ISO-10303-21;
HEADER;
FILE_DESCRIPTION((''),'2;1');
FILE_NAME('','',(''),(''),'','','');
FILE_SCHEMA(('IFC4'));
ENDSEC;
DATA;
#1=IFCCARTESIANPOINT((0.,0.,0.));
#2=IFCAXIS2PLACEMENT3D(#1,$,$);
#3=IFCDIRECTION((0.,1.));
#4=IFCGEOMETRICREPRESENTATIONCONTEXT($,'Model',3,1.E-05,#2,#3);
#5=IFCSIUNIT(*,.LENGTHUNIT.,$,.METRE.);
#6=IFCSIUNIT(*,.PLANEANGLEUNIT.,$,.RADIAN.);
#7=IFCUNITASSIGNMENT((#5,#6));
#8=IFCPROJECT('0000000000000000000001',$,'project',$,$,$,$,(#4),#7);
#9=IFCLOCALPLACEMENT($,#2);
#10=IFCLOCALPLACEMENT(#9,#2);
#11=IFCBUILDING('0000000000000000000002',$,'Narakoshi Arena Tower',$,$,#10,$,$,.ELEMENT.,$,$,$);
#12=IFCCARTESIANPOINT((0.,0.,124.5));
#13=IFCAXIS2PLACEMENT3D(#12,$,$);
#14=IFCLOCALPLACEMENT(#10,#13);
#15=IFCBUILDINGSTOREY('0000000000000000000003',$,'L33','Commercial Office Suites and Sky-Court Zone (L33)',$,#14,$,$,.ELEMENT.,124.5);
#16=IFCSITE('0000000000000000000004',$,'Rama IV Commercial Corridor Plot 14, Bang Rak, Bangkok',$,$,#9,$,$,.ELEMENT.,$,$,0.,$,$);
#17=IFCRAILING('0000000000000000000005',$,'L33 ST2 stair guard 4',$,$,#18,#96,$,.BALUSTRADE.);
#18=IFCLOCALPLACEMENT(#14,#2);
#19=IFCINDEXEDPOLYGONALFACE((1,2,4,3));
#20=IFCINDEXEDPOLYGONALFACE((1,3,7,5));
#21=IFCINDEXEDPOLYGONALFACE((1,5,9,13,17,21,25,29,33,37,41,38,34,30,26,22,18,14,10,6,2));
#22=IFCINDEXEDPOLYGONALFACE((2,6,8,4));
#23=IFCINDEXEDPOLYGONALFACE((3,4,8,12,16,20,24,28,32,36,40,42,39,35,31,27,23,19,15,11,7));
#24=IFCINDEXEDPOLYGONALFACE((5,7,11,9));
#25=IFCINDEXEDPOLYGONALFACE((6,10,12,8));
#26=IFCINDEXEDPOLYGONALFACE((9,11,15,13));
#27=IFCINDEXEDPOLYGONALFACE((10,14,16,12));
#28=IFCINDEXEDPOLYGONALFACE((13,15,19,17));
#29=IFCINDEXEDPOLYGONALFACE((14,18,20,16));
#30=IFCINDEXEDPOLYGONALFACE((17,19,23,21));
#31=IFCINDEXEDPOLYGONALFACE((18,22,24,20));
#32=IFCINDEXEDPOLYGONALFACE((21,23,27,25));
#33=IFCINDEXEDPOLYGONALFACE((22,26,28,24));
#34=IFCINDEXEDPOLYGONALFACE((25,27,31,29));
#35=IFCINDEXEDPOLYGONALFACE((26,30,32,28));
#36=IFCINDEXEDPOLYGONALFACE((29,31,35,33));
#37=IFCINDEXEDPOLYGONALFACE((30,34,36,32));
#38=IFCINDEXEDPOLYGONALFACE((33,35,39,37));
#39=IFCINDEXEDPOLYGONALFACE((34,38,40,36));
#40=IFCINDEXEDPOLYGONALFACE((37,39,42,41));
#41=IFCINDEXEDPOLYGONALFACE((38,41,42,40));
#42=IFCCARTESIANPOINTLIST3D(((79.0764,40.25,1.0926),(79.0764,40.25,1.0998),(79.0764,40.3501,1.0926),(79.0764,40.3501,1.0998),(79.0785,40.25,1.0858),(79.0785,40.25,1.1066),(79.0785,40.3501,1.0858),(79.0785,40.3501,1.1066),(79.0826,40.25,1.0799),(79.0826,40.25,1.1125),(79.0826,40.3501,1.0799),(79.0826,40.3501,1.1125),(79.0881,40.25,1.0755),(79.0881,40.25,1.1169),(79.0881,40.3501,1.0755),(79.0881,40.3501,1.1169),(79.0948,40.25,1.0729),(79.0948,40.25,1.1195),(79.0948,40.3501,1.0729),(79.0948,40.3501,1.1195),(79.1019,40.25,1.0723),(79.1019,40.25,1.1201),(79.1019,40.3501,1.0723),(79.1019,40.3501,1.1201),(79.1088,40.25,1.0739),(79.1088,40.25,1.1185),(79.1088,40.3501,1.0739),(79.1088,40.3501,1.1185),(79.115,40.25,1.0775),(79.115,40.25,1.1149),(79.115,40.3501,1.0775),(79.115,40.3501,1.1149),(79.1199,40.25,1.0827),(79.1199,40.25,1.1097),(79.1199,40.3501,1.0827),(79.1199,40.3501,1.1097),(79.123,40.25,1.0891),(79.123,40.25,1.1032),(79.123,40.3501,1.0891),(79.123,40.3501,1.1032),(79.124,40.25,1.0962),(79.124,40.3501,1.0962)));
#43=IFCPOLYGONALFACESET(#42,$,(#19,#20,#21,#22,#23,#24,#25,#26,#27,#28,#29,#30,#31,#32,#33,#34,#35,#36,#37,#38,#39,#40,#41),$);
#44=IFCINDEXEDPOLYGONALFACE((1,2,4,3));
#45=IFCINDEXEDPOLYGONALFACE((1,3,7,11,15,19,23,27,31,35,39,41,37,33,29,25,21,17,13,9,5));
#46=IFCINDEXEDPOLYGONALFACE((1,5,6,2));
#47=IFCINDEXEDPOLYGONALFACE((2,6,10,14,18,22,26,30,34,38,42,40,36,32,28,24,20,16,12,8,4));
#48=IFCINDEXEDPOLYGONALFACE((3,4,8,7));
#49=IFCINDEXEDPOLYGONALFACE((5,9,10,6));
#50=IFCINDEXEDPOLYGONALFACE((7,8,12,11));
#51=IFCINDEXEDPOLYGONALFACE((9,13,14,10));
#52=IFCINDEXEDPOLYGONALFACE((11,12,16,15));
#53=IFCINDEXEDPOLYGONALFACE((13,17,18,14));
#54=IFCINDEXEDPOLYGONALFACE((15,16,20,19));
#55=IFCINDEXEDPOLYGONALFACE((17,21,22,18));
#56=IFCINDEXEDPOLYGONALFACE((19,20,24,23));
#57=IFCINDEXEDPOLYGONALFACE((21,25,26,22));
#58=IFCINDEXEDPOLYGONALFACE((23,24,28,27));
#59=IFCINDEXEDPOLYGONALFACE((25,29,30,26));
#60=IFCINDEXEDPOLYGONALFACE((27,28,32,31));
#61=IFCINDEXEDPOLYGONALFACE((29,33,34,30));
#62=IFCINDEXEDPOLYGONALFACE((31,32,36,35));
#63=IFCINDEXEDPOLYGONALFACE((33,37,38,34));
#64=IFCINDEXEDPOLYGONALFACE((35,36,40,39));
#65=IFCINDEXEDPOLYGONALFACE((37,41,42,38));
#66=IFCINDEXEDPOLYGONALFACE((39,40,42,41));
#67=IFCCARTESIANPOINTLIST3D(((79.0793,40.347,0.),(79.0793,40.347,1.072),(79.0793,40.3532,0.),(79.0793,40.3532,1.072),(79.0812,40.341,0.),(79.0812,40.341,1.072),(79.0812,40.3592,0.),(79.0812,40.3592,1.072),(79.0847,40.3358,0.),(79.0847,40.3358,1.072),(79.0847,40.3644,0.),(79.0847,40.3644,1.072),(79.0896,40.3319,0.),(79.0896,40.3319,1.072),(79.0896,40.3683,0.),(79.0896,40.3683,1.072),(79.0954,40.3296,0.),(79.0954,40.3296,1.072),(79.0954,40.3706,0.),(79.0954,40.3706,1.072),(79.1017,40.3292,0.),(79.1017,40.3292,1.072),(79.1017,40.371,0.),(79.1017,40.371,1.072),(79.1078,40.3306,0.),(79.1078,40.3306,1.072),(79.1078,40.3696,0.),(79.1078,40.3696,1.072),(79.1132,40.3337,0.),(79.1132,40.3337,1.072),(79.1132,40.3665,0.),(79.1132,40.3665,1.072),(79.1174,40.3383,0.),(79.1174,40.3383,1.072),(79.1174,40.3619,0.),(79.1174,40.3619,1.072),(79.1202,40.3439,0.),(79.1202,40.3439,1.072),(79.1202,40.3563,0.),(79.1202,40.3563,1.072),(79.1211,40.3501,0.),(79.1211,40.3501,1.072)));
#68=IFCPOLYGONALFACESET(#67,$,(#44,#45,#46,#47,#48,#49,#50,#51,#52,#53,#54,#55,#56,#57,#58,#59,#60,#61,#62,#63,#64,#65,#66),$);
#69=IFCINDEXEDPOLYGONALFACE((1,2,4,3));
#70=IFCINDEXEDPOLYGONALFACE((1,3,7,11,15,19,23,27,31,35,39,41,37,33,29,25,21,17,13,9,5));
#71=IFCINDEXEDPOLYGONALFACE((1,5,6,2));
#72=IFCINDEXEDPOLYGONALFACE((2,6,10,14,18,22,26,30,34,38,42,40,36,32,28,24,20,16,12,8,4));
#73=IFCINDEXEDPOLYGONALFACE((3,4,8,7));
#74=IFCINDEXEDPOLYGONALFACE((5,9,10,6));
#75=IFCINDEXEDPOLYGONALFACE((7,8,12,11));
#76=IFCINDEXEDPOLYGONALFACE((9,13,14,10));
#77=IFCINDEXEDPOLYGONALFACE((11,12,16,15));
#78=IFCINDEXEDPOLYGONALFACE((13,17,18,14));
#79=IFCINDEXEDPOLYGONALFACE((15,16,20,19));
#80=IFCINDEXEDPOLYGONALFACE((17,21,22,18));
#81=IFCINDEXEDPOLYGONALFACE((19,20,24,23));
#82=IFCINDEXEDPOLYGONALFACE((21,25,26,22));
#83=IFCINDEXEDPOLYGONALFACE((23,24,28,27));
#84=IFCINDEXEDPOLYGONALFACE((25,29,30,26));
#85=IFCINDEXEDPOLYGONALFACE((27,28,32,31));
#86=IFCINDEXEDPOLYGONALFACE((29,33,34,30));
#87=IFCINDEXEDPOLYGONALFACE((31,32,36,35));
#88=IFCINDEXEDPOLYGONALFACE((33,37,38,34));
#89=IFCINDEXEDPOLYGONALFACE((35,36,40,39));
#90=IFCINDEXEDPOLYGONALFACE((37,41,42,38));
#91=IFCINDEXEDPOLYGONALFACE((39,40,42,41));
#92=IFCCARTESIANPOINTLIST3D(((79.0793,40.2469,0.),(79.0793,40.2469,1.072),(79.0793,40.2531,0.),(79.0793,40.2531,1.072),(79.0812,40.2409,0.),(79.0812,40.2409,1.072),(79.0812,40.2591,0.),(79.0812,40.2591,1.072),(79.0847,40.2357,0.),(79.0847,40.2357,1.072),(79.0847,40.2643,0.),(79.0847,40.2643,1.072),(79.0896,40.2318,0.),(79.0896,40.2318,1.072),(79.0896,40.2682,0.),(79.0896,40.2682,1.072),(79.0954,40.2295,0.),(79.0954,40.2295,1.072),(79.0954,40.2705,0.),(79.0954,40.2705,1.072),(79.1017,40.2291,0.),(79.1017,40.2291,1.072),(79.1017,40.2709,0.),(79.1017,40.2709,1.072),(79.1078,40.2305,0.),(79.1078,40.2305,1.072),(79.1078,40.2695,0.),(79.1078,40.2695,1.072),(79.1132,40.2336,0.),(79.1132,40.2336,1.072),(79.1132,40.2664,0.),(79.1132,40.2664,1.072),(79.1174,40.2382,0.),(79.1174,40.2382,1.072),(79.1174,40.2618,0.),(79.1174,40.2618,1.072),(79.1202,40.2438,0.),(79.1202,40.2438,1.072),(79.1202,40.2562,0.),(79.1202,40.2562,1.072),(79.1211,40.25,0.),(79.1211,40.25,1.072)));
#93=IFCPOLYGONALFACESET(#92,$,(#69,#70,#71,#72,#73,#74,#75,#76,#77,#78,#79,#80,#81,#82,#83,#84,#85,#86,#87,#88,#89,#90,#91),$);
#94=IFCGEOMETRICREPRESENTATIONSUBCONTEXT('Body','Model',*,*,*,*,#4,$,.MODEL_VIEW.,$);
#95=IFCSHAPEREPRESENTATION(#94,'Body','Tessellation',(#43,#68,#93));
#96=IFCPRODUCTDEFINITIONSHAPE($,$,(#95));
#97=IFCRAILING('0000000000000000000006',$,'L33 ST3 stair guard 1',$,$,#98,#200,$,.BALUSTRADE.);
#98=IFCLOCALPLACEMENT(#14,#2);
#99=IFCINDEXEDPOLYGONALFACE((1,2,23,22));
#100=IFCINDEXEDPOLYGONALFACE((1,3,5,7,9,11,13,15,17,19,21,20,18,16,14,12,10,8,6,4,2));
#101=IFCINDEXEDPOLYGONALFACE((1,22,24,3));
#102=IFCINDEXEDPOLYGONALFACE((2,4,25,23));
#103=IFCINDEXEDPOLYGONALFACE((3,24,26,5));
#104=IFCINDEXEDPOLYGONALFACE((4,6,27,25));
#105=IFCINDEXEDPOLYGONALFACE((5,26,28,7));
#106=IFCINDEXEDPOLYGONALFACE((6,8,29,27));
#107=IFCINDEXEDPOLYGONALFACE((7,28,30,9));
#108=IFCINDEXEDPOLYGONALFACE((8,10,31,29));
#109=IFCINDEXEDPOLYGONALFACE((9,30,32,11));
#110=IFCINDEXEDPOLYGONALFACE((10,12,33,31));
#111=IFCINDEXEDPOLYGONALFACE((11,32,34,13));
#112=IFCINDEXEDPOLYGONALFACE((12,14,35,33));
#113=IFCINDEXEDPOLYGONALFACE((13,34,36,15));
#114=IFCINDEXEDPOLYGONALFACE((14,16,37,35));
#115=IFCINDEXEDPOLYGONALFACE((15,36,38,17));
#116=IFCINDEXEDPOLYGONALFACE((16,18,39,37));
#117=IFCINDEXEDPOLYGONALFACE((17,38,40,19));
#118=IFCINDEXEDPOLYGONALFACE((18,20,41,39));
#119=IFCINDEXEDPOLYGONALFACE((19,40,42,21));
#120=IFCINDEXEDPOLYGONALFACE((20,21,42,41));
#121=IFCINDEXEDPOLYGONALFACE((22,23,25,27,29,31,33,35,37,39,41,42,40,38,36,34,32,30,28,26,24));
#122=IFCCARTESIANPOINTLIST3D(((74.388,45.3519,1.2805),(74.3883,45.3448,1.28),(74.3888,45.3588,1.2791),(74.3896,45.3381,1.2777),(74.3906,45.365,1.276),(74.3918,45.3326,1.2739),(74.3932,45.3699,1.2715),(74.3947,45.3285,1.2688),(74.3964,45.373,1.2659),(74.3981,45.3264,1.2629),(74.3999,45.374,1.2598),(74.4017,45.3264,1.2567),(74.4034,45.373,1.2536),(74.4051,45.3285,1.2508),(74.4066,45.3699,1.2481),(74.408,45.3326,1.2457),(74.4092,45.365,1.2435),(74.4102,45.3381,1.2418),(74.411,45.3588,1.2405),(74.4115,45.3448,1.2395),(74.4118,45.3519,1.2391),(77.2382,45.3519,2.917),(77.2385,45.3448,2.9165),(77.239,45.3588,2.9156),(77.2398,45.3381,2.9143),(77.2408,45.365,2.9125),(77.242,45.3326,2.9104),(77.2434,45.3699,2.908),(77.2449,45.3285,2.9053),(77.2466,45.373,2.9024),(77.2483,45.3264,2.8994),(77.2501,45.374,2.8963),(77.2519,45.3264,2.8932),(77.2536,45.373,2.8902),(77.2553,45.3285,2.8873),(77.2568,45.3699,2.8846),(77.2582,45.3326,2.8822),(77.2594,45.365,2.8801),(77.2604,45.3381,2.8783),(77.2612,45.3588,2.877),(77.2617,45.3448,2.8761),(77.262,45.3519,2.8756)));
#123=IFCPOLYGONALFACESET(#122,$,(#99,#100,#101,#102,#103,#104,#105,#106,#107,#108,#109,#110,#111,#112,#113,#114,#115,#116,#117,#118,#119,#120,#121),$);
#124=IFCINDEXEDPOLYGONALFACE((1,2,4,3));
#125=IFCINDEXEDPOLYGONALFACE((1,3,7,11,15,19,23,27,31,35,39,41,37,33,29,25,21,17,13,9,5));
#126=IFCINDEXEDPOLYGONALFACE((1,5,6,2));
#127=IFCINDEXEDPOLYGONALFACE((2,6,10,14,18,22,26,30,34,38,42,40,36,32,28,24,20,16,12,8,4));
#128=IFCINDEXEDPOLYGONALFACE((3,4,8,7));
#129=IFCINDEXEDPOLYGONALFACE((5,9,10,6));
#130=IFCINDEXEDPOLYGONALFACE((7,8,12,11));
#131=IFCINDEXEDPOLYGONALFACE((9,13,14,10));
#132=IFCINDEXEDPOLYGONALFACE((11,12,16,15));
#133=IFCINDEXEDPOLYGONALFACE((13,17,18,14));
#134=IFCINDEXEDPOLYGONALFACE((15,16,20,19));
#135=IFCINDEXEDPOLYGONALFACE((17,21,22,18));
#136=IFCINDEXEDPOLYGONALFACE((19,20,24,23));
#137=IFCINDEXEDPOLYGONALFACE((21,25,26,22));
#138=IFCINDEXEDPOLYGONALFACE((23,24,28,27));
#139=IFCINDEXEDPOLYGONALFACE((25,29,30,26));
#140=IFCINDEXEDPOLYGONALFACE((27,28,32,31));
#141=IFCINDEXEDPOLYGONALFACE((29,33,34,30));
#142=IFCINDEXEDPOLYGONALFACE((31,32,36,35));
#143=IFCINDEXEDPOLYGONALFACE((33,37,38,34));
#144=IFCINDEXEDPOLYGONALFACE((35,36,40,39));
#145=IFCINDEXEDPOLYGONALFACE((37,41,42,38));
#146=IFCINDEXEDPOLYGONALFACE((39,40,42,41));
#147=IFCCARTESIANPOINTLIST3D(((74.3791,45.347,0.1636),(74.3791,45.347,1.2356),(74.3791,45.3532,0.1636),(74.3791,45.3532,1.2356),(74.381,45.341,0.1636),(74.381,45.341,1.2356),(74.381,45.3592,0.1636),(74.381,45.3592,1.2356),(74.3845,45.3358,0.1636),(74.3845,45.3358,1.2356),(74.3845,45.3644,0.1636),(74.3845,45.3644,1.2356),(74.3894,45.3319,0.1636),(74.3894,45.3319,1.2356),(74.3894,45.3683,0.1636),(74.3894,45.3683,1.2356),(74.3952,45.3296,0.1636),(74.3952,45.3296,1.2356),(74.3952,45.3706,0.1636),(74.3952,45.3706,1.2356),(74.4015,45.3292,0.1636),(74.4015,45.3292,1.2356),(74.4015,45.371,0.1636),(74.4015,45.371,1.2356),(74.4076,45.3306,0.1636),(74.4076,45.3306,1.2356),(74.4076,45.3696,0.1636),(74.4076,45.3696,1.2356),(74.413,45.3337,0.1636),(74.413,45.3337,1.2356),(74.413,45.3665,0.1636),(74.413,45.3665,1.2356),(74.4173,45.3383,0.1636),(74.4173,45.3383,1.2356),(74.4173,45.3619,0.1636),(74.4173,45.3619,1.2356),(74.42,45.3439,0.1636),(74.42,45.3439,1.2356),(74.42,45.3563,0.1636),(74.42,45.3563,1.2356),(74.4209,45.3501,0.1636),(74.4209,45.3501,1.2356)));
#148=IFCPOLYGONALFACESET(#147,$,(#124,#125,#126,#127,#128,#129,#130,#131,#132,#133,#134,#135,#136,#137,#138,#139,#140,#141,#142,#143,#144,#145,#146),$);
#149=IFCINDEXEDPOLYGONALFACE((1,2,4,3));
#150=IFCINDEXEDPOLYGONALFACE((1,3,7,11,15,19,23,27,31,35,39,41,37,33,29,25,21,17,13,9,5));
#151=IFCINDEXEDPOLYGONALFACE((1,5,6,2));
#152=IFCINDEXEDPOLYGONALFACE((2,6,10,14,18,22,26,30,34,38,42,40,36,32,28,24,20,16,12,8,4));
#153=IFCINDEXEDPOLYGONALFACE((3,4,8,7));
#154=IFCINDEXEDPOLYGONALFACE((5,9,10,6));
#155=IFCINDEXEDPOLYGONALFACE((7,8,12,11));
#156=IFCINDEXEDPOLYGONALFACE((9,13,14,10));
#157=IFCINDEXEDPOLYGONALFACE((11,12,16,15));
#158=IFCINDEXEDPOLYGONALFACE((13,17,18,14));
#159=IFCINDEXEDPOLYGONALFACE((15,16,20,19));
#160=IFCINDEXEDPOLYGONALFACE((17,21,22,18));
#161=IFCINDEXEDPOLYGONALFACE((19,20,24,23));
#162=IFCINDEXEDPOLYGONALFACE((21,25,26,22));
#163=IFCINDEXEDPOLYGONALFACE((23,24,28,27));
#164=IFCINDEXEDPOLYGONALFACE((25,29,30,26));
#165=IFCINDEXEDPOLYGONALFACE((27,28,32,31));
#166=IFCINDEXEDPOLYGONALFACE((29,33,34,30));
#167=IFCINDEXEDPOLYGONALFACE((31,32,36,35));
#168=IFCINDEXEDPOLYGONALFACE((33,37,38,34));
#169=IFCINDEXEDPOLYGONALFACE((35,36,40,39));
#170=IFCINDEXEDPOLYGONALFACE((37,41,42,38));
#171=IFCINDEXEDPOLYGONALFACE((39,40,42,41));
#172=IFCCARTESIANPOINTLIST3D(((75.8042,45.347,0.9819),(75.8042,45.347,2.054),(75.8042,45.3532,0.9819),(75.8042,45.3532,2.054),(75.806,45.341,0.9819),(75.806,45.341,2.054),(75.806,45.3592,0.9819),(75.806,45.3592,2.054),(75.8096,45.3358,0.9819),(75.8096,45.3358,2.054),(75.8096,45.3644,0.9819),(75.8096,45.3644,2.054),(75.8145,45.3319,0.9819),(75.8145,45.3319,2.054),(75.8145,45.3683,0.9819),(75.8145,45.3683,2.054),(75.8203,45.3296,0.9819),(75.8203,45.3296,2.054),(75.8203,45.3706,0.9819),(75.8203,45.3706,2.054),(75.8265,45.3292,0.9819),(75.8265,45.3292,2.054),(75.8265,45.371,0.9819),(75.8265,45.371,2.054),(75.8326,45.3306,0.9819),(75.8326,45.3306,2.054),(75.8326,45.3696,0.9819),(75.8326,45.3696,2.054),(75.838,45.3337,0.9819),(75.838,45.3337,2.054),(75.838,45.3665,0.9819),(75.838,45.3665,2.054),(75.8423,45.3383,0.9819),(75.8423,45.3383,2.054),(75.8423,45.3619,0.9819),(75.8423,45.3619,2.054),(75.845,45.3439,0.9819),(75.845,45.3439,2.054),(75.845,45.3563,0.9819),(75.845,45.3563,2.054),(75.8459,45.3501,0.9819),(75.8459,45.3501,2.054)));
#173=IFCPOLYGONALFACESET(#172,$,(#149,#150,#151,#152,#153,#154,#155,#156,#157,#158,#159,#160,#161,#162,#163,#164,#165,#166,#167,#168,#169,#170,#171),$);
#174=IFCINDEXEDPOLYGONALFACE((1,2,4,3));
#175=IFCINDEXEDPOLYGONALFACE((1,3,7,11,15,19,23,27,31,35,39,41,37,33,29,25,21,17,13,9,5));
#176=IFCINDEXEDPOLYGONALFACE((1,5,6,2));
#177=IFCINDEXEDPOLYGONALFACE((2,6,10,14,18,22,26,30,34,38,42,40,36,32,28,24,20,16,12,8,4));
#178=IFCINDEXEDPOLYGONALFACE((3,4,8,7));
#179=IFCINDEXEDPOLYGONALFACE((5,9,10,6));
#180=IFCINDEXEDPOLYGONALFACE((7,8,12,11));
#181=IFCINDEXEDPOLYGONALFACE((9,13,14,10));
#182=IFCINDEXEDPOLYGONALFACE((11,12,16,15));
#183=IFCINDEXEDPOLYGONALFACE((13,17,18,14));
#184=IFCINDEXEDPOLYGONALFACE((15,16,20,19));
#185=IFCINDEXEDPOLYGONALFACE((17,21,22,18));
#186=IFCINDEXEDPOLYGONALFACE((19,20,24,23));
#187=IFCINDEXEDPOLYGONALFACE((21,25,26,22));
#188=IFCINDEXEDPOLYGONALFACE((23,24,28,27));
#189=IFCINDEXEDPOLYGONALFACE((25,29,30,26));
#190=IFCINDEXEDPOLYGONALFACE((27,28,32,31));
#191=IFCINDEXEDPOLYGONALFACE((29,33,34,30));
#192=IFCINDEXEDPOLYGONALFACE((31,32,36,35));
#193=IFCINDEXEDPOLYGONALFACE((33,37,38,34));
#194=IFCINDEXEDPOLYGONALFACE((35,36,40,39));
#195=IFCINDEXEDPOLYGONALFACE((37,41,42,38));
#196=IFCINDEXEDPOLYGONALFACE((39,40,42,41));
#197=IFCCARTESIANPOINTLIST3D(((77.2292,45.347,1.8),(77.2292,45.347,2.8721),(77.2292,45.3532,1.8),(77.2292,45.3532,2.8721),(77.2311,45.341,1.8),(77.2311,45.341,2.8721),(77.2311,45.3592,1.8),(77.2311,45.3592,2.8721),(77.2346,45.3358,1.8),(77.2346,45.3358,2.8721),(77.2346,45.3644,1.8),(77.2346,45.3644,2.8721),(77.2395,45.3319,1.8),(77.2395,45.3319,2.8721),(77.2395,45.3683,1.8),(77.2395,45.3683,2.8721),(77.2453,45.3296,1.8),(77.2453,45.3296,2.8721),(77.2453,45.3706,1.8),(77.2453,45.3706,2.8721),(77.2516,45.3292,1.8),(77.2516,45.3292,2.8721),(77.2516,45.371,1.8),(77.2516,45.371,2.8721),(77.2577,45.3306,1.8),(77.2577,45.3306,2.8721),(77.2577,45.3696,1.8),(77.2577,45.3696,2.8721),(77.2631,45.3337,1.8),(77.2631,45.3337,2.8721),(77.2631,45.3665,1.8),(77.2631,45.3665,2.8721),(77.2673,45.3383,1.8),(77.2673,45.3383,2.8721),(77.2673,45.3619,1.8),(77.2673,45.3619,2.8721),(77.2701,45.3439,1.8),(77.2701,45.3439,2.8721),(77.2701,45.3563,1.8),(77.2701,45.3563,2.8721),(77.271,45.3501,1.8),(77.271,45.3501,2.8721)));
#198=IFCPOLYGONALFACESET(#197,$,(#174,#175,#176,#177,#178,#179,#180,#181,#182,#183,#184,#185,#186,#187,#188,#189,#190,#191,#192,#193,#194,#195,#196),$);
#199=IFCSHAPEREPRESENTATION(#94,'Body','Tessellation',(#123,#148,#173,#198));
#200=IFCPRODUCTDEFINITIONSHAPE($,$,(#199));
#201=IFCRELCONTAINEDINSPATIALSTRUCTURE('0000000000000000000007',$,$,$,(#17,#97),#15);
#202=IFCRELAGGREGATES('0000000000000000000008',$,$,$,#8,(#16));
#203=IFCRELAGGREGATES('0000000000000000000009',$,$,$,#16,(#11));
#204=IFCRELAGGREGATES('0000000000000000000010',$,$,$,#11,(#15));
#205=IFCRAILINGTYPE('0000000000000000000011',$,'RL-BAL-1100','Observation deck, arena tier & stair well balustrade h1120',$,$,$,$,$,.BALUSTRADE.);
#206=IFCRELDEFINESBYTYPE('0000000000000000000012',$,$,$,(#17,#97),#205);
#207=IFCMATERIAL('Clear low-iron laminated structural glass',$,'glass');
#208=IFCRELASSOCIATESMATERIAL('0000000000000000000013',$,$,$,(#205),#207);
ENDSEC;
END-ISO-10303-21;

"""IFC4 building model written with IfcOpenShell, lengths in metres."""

from ifc_helpers import new_model, si_unit, direction, frame, origin, origin_2d, place, context, subcontext, project, spatial, circle, extrude, material, type_object, element, save


model = new_model("IFC4")

# Units and contexts
model_context = context("Model", 3, precision=1e-05, world=origin(), true_north=direction((0.0, 1.0)))
body_context = subcontext(model_context, "Body", "Model", "MODEL_VIEW")
ifc_project = project(units=[si_unit("LENGTHUNIT", "METRE"), si_unit("PLANEANGLEUNIT", "RADIAN")], contexts=[model_context])

# Site, building, storey
site_placement = place(None, origin())
site = spatial("IfcSite", under=ifc_project, at=site_placement, Name="Rama IV Commercial Corridor Plot 14, Bang Rak, Bangkok", CompositionType="ELEMENT", RefElevation=0.0)
building_placement = place(site_placement, origin())
building = spatial("IfcBuilding", under=site, at=building_placement, Name="Narakoshi Arena Tower", CompositionType="ELEMENT")
storey_placement = place(building_placement, frame((0.0, 0.0, 124.5)))
storey = spatial("IfcBuildingStorey", under=building, at=storey_placement, Name="L33", Description="Commercial Office Suites and Sky-Court Zone (L33)", CompositionType="ELEMENT", Elevation=124.5)

# Railings
ifc_material_1 = material(Name="Clear low-iron laminated structural glass", Category="glass")
railing_type_1 = type_object("IfcRailingType", Name="RL-BAL-1100", Description="Observation deck, arena tier & stair well balustrade h1120", PredefinedType="BALUSTRADE", material=ifc_material_1)
railing_1_placement = place(storey_placement, frame((79.1001, 40.3501, 0.0)))
element("IfcRailing", 1, at=railing_1_placement, inside=storey, type_object=railing_type_1, Name="L33 ST2 stair guard 4", PredefinedType="BALUSTRADE", context=body_context, shape_type="SweptSolid", body=[
    extrude(circle(Radius=0.0239, at=origin_2d()), frame((0.0, 0.0, 1.0962), z_axis=(0.0, -1.0, 0.0), x_axis=(1.0, 0.0, 0.0)), (0.0, 0.0, 1.0), 0.1001),
    extrude(circle(Radius=0.021, at=origin_2d()), origin(), (0.0, 0.0, 1.0), 1.072),
    extrude(circle(Radius=0.021, at=origin_2d()), frame((0.0, -0.1001, 0.0)), (0.0, 0.0, 1.0), 1.072),
])
railing_2_placement = place(storey_placement, frame((74.3999, 45.3501, 0.1636)))
element("IfcRailing", 2, at=railing_2_placement, inside=storey, type_object=railing_type_1, Name="L33 ST3 stair guard 1", PredefinedType="BALUSTRADE", context=body_context, shape_type="SweptSolid", body=[
    extrude(circle(Radius=0.0239, at=origin_2d()), frame((0.0, 0.0, 1.0962), z_axis=(0.867213, 0.0, 0.497938), x_axis=(0.0, 1.0, 0.0)), (0.0, 0.0, 1.0), 3.2866),
    extrude(circle(Radius=0.021, at=origin_2d()), origin(), (0.0, 0.0, 1.0), 1.072),
    extrude(circle(Radius=0.021, at=origin_2d()), frame((1.425, 0.0, 0.8184)), (0.0, 0.0, 1.0), 1.072),
    extrude(circle(Radius=0.021, at=origin_2d()), frame((2.8501, 0.0, 1.6365)), (0.0, 0.0, 1.0), 1.072),
])

save(model, "model.ifc")
